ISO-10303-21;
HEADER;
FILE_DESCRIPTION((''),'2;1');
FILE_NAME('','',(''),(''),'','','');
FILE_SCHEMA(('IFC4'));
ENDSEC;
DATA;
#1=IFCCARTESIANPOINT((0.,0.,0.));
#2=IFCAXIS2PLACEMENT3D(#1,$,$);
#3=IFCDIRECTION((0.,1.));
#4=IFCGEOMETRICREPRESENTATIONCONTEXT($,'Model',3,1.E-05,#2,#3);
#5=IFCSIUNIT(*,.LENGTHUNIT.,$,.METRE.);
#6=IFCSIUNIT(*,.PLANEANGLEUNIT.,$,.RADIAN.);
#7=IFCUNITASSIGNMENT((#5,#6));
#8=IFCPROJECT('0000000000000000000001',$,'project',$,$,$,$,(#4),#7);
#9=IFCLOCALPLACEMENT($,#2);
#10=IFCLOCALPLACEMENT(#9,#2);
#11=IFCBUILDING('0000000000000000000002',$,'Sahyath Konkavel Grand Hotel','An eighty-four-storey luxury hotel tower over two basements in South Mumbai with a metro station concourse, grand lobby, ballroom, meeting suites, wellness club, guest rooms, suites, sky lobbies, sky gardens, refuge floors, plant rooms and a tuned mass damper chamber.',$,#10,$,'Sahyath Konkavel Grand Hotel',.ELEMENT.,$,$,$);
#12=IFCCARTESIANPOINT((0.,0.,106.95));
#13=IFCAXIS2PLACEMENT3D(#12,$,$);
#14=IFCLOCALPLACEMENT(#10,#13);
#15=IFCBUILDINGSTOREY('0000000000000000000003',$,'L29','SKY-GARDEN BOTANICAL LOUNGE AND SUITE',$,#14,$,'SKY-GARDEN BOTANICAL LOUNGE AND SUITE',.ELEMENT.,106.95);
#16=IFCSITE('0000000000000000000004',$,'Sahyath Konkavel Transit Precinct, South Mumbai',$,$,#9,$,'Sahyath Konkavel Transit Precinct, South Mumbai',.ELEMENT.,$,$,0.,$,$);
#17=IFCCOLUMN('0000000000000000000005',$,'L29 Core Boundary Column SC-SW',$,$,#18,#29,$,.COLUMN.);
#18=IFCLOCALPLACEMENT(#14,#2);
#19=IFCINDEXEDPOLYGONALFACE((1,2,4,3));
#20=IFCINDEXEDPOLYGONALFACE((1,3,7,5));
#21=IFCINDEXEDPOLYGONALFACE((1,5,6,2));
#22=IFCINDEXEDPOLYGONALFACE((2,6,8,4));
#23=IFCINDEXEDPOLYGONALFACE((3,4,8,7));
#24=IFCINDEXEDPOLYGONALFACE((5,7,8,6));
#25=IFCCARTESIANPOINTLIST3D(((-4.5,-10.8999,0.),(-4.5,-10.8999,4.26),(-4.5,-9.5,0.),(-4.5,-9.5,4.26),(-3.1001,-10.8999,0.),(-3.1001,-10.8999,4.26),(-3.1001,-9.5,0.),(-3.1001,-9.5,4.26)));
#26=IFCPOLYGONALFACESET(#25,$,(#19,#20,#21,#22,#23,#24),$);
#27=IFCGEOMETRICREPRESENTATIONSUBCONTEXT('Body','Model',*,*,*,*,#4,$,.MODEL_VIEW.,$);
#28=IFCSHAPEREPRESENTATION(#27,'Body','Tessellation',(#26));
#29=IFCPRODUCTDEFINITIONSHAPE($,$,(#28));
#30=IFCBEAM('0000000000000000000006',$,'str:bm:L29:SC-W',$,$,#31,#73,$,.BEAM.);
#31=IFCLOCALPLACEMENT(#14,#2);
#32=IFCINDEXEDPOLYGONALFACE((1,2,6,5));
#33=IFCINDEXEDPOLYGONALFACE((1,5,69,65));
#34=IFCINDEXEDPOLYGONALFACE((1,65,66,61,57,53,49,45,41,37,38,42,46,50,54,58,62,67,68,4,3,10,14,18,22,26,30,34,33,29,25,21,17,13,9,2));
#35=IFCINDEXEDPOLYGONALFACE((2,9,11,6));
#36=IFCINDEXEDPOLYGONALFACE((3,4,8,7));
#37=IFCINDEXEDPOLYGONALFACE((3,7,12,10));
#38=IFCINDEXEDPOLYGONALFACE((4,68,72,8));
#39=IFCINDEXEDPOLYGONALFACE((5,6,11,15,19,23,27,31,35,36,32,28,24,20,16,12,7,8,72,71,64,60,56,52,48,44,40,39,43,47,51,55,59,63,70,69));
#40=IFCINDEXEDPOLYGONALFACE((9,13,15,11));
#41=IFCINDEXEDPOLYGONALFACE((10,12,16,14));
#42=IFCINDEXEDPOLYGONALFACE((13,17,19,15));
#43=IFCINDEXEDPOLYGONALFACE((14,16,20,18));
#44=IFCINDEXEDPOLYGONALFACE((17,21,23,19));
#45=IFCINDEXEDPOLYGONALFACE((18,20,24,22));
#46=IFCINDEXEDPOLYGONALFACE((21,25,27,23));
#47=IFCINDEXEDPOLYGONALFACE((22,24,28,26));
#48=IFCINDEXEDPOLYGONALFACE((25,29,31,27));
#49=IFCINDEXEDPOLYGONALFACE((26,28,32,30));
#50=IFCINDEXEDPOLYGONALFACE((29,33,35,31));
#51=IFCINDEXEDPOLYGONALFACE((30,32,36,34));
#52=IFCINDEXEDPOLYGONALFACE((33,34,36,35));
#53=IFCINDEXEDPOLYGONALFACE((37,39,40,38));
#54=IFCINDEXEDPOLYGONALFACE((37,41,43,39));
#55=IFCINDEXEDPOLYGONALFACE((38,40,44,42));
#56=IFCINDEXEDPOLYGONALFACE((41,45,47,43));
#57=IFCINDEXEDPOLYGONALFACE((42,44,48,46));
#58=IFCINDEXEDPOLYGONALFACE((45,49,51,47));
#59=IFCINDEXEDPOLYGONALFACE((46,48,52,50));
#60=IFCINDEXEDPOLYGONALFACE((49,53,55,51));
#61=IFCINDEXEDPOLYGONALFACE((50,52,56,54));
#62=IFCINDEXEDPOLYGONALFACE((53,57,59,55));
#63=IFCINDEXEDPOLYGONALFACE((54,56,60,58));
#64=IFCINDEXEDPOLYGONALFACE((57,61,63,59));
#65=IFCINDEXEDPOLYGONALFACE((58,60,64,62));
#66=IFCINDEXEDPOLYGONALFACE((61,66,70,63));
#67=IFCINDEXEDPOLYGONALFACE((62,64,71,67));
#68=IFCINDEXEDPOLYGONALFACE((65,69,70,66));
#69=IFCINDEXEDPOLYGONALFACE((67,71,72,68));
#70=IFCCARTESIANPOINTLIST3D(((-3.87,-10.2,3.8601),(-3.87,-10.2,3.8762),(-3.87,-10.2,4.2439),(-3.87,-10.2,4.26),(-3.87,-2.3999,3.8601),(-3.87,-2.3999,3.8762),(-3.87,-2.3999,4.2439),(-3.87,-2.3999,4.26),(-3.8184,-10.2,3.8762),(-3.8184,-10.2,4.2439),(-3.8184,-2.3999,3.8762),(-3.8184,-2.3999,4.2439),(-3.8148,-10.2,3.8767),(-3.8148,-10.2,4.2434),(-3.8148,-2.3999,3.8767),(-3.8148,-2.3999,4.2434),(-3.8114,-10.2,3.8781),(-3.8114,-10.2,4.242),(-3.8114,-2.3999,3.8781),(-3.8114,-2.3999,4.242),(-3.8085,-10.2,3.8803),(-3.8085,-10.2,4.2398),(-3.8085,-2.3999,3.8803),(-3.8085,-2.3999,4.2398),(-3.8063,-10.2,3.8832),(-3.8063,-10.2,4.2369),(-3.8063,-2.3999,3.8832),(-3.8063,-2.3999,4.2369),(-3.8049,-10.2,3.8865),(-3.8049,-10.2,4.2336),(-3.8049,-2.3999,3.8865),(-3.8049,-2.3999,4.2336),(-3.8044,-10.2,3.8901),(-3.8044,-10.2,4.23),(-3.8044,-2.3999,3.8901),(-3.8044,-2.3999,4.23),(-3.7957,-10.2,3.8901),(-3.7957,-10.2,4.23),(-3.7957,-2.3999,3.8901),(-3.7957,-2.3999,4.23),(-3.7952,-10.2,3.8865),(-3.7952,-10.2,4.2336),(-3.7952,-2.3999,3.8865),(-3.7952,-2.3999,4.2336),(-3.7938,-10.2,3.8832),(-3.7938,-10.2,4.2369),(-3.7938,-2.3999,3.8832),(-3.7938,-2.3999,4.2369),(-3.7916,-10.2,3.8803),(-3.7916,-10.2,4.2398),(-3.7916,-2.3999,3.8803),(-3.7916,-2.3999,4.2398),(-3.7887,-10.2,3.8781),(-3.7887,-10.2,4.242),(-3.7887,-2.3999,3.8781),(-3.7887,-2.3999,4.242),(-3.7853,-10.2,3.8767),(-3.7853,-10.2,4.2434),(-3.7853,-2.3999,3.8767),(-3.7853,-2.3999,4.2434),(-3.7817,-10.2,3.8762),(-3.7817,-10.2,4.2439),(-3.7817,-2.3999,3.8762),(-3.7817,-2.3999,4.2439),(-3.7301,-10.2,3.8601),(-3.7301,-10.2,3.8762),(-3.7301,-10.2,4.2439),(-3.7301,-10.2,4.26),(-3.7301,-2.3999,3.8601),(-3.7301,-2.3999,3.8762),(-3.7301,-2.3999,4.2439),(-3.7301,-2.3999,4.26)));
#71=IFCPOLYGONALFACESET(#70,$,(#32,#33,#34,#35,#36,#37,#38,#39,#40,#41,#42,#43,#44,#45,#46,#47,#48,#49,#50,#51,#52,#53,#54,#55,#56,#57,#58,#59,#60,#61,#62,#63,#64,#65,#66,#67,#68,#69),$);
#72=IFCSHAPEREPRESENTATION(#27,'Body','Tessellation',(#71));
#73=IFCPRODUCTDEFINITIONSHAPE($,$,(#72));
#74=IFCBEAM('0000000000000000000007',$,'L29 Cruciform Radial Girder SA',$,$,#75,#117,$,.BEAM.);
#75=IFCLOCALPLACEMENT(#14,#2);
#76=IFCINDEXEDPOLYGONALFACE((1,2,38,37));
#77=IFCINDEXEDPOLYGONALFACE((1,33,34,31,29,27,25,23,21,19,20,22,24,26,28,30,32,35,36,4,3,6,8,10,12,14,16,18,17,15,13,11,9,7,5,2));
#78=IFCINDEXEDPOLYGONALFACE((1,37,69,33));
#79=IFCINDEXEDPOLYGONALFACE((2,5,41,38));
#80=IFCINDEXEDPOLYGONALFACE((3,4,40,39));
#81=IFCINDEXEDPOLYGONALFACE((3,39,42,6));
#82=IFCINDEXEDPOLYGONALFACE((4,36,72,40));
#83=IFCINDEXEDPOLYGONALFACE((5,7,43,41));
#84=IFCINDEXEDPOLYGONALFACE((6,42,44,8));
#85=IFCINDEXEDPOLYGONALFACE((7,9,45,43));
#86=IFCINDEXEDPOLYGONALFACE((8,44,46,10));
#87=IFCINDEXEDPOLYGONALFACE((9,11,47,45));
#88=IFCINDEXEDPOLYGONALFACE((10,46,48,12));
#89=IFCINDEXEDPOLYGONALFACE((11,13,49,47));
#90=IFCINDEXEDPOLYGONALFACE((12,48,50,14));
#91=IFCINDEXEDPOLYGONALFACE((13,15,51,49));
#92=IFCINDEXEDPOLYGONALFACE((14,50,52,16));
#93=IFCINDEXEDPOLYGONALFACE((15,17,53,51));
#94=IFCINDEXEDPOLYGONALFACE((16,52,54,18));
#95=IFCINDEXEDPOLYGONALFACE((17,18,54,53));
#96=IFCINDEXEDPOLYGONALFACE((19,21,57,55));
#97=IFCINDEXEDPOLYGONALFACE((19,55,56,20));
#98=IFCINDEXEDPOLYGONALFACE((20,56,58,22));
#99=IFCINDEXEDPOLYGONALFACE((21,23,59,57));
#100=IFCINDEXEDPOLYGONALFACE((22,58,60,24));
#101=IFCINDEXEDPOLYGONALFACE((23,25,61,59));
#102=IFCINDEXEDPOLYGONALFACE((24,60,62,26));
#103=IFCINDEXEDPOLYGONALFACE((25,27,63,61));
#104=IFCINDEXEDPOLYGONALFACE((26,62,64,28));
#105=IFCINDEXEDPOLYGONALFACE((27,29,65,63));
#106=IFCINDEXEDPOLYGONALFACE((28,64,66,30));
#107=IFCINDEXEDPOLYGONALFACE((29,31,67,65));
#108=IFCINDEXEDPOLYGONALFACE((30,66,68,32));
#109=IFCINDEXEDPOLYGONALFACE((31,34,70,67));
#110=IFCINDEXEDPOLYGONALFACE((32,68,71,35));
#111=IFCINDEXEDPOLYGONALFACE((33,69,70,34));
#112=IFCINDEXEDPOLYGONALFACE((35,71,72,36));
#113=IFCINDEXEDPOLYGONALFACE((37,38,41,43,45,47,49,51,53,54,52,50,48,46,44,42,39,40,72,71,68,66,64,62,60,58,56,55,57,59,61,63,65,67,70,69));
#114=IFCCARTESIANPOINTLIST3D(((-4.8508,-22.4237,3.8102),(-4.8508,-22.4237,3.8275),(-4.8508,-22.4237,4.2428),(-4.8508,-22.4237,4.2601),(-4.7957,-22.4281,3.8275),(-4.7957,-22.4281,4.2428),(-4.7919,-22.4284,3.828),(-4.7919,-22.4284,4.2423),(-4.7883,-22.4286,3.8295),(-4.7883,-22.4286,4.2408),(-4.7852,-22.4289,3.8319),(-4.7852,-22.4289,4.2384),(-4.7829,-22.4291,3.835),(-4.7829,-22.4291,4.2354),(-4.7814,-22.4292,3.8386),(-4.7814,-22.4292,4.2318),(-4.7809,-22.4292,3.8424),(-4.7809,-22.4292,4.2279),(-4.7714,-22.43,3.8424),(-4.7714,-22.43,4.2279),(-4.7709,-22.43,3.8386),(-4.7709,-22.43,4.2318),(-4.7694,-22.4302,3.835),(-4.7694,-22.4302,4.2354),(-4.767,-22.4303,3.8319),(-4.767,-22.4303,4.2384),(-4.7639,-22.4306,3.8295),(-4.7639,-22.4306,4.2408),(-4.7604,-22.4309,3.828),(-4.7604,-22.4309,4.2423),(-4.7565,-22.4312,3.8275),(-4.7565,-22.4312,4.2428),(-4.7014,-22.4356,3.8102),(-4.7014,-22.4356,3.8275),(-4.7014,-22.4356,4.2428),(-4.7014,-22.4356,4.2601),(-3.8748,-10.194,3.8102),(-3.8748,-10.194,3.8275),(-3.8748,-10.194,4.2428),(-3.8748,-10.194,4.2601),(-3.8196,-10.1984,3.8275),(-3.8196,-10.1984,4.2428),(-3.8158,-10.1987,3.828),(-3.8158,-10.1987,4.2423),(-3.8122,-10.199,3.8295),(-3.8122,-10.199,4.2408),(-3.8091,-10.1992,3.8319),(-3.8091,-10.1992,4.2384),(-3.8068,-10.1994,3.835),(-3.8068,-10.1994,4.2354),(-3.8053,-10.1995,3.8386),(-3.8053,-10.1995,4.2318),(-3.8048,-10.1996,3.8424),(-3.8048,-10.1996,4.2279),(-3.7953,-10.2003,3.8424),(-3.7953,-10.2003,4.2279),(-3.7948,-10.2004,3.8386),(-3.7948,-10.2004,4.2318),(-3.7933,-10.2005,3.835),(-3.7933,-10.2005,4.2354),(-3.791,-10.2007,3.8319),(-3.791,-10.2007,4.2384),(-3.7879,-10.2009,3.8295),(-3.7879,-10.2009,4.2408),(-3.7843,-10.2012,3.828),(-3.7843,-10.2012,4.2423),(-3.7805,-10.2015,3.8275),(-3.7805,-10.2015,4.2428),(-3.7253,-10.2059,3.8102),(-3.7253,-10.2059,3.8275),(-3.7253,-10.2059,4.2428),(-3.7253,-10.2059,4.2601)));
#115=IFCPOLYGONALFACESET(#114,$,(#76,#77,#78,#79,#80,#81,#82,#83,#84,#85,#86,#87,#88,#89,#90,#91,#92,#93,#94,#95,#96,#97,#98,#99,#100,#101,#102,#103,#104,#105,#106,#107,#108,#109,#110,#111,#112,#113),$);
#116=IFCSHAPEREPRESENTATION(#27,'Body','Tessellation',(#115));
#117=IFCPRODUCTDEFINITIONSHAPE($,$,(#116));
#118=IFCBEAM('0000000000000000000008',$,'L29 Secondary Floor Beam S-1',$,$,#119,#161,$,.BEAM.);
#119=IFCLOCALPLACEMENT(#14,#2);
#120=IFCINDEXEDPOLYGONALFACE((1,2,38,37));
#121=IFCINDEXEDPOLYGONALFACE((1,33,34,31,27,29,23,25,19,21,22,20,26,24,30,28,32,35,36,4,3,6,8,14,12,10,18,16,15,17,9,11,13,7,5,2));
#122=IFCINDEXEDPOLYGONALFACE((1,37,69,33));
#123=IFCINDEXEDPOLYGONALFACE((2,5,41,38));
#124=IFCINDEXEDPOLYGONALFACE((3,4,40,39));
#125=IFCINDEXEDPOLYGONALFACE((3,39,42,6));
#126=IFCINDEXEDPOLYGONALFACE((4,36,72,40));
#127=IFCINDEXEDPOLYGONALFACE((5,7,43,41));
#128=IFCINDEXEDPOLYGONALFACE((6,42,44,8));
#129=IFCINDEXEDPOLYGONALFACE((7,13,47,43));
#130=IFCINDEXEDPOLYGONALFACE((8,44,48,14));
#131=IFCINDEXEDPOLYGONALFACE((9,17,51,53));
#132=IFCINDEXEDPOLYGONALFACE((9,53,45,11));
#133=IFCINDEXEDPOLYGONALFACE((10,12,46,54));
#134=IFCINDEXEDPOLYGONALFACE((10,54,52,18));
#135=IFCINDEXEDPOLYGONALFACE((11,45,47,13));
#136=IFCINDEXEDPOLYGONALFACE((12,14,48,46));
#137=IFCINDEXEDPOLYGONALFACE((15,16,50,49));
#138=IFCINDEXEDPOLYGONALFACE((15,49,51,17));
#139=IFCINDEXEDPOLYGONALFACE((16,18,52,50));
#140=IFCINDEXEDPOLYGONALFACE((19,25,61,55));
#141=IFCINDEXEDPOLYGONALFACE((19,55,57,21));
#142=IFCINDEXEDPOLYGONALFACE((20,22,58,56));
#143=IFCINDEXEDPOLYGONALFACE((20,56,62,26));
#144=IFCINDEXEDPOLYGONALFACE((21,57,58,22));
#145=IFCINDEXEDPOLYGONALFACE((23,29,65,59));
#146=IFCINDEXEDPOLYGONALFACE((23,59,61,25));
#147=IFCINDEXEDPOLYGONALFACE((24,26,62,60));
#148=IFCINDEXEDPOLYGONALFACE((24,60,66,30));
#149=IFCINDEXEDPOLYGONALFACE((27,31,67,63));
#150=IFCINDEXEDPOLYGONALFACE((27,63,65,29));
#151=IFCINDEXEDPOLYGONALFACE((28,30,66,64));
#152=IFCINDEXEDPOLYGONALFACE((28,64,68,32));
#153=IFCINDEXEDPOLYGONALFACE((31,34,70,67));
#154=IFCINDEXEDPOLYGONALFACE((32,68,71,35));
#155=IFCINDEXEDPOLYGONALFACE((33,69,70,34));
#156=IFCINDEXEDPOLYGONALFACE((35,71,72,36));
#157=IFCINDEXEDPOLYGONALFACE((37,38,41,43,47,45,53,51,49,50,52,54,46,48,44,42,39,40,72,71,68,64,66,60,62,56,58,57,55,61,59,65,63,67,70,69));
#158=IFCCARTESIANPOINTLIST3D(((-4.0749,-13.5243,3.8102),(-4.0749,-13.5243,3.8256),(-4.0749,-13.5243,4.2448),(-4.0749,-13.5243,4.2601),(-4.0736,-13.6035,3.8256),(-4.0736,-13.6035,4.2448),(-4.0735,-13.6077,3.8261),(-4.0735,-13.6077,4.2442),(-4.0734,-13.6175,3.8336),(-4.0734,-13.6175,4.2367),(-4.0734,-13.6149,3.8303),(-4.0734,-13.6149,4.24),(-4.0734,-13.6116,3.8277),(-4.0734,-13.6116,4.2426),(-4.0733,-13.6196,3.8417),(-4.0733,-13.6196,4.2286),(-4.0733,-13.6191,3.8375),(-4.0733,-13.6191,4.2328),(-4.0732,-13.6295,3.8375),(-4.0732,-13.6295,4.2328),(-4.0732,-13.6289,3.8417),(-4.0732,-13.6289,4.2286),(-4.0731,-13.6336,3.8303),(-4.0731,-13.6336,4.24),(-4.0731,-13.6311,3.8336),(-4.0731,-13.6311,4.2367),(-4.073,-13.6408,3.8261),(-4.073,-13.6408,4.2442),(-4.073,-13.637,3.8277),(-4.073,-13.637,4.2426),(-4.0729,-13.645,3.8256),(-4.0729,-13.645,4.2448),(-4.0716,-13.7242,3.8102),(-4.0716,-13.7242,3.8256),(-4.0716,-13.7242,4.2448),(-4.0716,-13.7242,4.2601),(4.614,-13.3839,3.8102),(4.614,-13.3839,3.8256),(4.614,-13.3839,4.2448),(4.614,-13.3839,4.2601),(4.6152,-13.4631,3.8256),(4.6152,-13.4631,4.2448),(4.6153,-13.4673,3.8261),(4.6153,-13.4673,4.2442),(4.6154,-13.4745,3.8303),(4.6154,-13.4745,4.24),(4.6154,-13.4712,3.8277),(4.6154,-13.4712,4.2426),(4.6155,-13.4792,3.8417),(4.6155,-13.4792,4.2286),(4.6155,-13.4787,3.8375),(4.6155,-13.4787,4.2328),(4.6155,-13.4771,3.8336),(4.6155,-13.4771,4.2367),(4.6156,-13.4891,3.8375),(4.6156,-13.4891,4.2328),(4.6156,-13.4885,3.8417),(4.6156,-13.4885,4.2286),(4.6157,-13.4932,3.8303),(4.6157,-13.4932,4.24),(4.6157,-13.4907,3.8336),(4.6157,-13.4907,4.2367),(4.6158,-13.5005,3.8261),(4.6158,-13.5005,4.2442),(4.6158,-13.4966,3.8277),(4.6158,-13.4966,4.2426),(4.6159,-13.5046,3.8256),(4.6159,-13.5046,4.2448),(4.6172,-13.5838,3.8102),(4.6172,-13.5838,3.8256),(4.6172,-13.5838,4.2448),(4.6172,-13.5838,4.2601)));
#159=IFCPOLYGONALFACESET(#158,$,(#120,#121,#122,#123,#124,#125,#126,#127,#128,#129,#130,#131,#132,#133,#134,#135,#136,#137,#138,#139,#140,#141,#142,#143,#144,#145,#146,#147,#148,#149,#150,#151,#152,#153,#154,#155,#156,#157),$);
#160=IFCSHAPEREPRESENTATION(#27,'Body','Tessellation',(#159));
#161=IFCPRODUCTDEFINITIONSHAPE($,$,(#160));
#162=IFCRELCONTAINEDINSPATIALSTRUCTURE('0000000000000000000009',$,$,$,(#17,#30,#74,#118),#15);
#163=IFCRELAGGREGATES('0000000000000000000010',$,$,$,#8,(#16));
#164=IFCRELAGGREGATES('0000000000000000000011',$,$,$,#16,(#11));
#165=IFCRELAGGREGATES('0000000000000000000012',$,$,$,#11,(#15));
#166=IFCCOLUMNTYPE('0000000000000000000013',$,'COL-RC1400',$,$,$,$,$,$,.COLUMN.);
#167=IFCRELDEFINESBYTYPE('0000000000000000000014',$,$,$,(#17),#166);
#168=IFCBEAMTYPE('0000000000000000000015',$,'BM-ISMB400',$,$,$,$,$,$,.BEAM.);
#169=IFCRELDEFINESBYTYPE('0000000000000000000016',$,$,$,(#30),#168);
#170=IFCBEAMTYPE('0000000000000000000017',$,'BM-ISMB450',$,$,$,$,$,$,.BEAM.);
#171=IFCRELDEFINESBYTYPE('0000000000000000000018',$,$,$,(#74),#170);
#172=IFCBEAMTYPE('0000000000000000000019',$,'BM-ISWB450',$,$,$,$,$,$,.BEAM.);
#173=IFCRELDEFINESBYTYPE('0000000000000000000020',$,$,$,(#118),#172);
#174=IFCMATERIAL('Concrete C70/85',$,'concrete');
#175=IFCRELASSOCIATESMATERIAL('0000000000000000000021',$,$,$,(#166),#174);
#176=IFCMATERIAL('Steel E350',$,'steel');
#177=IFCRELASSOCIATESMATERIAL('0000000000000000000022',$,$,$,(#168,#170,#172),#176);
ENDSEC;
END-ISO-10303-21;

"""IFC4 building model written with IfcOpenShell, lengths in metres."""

from ifc_helpers import new_model, si_unit, direction, frame, origin, origin_2d, place, context, subcontext, project, spatial, rectangle, i_section, extrude, source, transform, mapped, material, material_profile, profile_set, type_object, element, save


model = new_model("IFC4")

# Units and contexts
model_context = context("Model", 3, precision=1e-05, world=origin(), true_north=direction((0.0, 1.0)))
body_context = subcontext(model_context, "Body", "Model", "MODEL_VIEW")
ifc_project = project(units=[si_unit("LENGTHUNIT", "METRE"), si_unit("PLANEANGLEUNIT", "RADIAN")], contexts=[model_context])

# Site, building, storey
site_placement = place(None, origin())
site = spatial("IfcSite", under=ifc_project, at=site_placement, Name="Sahyath Konkavel Transit Precinct, South Mumbai", LongName="Sahyath Konkavel Transit Precinct, South Mumbai", CompositionType="ELEMENT", RefElevation=0.0)
building_placement = place(site_placement, origin())
building = spatial("IfcBuilding", under=site, at=building_placement, Name="Sahyath Konkavel Grand Hotel", Description="An eighty-four-storey luxury hotel tower over two basements in South Mumbai with a metro station concourse, grand lobby, ballroom, meeting suites, wellness club, guest rooms, suites, sky lobbies, sky gardens, refuge floors, plant rooms and a tuned mass damper chamber.", LongName="Sahyath Konkavel Grand Hotel", CompositionType="ELEMENT")
storey_placement = place(building_placement, frame((0.0, 0.0, 106.95)))
storey = spatial("IfcBuildingStorey", under=building, at=storey_placement, Name="L29", Description="SKY-GARDEN BOTANICAL LOUNGE AND SUITE", LongName="SKY-GARDEN BOTANICAL LOUNGE AND SUITE", CompositionType="ELEMENT", Elevation=106.95)

# Column
ifc_material_1 = material(Name="Concrete C70/85", Category="concrete")
ifc_material_profile_1 = material_profile(ifc_material_1, rectangle(XDim=1.3999, YDim=1.3999, at=origin_2d()), Name="RC 1400x1400")
ifc_profile_set_1 = profile_set([ifc_material_profile_1], Name="Concrete C70/85")
column_type = type_object("IfcColumnType", Name="COL-RC1400", PredefinedType="COLUMN", material=ifc_profile_set_1)
shared_shape_1 = source(origin(), body_context, "Body", "SweptSolid", [
    extrude(rectangle(XDim=1.3999, YDim=1.3999, at=origin_2d()), origin(), (0.0, 0.0, 1.0), 4.26),
])
column_placement = place(storey_placement, frame((-3.8, -10.2, 0.0), z_axis=(0.0, 0.0, 1.0), x_axis=(1.0, 0.0, 0.0)))
element("IfcColumn", 1, at=column_placement, inside=storey, type_object=column_type, Name="L29 Core Boundary Column SC-SW", PredefinedType="COLUMN", context=body_context, shape_type="MappedRepresentation", body=[
    mapped(shared_shape_1, transform((0.0, 0.0, 0.0), scale=1.0)),
])

# Beams
ifc_material_2 = material(Name="Steel E350", Category="steel")
ifc_material_profile_2 = material_profile(ifc_material_2, i_section(OverallWidth=0.1399, OverallDepth=0.3999, WebThickness=0.0088, FlangeThickness=0.0161, FilletRadius=0.0139, at=origin_2d()), Name="ISMB 400")
ifc_profile_set_2 = profile_set([ifc_material_profile_2], Name="Steel E350")
beam_type_1 = type_object("IfcBeamType", Name="BM-ISMB400", PredefinedType="BEAM", material=ifc_profile_set_2)
shared_shape_2 = source(origin(), body_context, "Body", "SweptSolid", [
    extrude(i_section(OverallWidth=0.1399, OverallDepth=0.3999, WebThickness=0.0088, FlangeThickness=0.0161, FilletRadius=0.0139, at=origin_2d()), origin(), (0.0, 0.0, 1.0), 7.8),
])
beam_1_placement = place(storey_placement, frame((-3.8, -10.2, 4.0601), z_axis=(0.0, 1.0, 0.0), x_axis=(-1.0, 0.0, 0.0)))
element("IfcBeam", 2, at=beam_1_placement, inside=storey, type_object=beam_type_1, Name="str:bm:L29:SC-W", PredefinedType="BEAM", context=body_context, shape_type="MappedRepresentation", body=[
    mapped(shared_shape_2, transform((0.0, 0.0, 0.0), scale=1.0)),
])
ifc_material_profile_3 = material_profile(ifc_material_2, i_section(OverallWidth=0.1499, OverallDepth=0.45, WebThickness=0.0095, FlangeThickness=0.0173, FilletRadius=0.0149, at=origin_2d()), Name="ISMB 450")
ifc_profile_set_3 = profile_set([ifc_material_profile_3], Name="Steel E350")
beam_type_2 = type_object("IfcBeamType", Name="BM-ISMB450", PredefinedType="BEAM", material=ifc_profile_set_3)
shared_shape_3 = source(origin(), body_context, "Body", "SweptSolid", [
    extrude(i_section(OverallWidth=0.1499, OverallDepth=0.45, WebThickness=0.0095, FlangeThickness=0.0173, FilletRadius=0.0149, at=origin_2d()), origin(), (0.0, 0.0, 1.0), 12.2686),
])
beam_2_placement = place(storey_placement, frame((-3.8, -10.2, 4.0352), z_axis=(-0.079559, -0.99683, 0.0), x_axis=(0.99683, -0.079559, 0.0)))
element("IfcBeam", 3, at=beam_2_placement, inside=storey, type_object=beam_type_2, Name="L29 Cruciform Radial Girder SA", PredefinedType="BEAM", context=body_context, shape_type="MappedRepresentation", body=[
    mapped(shared_shape_3, transform((0.0, 0.0, 0.0), scale=1.0)),
])
ifc_material_profile_4 = material_profile(ifc_material_2, i_section(OverallWidth=0.2, OverallDepth=0.45, WebThickness=0.0093, FlangeThickness=0.0154, FilletRadius=0.0161, at=origin_2d()), Name="ISWB 450")
ifc_profile_set_4 = profile_set([ifc_material_profile_4], Name="Steel E350")
beam_type_3 = type_object("IfcBeamType", Name="BM-ISWB450", PredefinedType="BEAM", material=ifc_profile_set_4)
shared_shape_4 = source(origin(), body_context, "Body", "SweptSolid", [
    extrude(i_section(OverallWidth=0.2, OverallDepth=0.45, WebThickness=0.0093, FlangeThickness=0.0154, FilletRadius=0.0161, at=origin_2d()), origin(), (0.0, 0.0, 1.0), 8.6899),
])
beam_3_placement = place(storey_placement, frame((-4.0732, -13.6243, 4.0352), z_axis=(0.99987, 0.016155, 0.0), x_axis=(-0.016155, 0.99987, 0.0)))
element("IfcBeam", 4, at=beam_3_placement, inside=storey, type_object=beam_type_3, Name="L29 Secondary Floor Beam S-1", PredefinedType="BEAM", context=body_context, shape_type="MappedRepresentation", body=[
    mapped(shared_shape_4, transform((0.0, 0.0, 0.0), scale=1.0)),
])

save(model, "model.ifc")
